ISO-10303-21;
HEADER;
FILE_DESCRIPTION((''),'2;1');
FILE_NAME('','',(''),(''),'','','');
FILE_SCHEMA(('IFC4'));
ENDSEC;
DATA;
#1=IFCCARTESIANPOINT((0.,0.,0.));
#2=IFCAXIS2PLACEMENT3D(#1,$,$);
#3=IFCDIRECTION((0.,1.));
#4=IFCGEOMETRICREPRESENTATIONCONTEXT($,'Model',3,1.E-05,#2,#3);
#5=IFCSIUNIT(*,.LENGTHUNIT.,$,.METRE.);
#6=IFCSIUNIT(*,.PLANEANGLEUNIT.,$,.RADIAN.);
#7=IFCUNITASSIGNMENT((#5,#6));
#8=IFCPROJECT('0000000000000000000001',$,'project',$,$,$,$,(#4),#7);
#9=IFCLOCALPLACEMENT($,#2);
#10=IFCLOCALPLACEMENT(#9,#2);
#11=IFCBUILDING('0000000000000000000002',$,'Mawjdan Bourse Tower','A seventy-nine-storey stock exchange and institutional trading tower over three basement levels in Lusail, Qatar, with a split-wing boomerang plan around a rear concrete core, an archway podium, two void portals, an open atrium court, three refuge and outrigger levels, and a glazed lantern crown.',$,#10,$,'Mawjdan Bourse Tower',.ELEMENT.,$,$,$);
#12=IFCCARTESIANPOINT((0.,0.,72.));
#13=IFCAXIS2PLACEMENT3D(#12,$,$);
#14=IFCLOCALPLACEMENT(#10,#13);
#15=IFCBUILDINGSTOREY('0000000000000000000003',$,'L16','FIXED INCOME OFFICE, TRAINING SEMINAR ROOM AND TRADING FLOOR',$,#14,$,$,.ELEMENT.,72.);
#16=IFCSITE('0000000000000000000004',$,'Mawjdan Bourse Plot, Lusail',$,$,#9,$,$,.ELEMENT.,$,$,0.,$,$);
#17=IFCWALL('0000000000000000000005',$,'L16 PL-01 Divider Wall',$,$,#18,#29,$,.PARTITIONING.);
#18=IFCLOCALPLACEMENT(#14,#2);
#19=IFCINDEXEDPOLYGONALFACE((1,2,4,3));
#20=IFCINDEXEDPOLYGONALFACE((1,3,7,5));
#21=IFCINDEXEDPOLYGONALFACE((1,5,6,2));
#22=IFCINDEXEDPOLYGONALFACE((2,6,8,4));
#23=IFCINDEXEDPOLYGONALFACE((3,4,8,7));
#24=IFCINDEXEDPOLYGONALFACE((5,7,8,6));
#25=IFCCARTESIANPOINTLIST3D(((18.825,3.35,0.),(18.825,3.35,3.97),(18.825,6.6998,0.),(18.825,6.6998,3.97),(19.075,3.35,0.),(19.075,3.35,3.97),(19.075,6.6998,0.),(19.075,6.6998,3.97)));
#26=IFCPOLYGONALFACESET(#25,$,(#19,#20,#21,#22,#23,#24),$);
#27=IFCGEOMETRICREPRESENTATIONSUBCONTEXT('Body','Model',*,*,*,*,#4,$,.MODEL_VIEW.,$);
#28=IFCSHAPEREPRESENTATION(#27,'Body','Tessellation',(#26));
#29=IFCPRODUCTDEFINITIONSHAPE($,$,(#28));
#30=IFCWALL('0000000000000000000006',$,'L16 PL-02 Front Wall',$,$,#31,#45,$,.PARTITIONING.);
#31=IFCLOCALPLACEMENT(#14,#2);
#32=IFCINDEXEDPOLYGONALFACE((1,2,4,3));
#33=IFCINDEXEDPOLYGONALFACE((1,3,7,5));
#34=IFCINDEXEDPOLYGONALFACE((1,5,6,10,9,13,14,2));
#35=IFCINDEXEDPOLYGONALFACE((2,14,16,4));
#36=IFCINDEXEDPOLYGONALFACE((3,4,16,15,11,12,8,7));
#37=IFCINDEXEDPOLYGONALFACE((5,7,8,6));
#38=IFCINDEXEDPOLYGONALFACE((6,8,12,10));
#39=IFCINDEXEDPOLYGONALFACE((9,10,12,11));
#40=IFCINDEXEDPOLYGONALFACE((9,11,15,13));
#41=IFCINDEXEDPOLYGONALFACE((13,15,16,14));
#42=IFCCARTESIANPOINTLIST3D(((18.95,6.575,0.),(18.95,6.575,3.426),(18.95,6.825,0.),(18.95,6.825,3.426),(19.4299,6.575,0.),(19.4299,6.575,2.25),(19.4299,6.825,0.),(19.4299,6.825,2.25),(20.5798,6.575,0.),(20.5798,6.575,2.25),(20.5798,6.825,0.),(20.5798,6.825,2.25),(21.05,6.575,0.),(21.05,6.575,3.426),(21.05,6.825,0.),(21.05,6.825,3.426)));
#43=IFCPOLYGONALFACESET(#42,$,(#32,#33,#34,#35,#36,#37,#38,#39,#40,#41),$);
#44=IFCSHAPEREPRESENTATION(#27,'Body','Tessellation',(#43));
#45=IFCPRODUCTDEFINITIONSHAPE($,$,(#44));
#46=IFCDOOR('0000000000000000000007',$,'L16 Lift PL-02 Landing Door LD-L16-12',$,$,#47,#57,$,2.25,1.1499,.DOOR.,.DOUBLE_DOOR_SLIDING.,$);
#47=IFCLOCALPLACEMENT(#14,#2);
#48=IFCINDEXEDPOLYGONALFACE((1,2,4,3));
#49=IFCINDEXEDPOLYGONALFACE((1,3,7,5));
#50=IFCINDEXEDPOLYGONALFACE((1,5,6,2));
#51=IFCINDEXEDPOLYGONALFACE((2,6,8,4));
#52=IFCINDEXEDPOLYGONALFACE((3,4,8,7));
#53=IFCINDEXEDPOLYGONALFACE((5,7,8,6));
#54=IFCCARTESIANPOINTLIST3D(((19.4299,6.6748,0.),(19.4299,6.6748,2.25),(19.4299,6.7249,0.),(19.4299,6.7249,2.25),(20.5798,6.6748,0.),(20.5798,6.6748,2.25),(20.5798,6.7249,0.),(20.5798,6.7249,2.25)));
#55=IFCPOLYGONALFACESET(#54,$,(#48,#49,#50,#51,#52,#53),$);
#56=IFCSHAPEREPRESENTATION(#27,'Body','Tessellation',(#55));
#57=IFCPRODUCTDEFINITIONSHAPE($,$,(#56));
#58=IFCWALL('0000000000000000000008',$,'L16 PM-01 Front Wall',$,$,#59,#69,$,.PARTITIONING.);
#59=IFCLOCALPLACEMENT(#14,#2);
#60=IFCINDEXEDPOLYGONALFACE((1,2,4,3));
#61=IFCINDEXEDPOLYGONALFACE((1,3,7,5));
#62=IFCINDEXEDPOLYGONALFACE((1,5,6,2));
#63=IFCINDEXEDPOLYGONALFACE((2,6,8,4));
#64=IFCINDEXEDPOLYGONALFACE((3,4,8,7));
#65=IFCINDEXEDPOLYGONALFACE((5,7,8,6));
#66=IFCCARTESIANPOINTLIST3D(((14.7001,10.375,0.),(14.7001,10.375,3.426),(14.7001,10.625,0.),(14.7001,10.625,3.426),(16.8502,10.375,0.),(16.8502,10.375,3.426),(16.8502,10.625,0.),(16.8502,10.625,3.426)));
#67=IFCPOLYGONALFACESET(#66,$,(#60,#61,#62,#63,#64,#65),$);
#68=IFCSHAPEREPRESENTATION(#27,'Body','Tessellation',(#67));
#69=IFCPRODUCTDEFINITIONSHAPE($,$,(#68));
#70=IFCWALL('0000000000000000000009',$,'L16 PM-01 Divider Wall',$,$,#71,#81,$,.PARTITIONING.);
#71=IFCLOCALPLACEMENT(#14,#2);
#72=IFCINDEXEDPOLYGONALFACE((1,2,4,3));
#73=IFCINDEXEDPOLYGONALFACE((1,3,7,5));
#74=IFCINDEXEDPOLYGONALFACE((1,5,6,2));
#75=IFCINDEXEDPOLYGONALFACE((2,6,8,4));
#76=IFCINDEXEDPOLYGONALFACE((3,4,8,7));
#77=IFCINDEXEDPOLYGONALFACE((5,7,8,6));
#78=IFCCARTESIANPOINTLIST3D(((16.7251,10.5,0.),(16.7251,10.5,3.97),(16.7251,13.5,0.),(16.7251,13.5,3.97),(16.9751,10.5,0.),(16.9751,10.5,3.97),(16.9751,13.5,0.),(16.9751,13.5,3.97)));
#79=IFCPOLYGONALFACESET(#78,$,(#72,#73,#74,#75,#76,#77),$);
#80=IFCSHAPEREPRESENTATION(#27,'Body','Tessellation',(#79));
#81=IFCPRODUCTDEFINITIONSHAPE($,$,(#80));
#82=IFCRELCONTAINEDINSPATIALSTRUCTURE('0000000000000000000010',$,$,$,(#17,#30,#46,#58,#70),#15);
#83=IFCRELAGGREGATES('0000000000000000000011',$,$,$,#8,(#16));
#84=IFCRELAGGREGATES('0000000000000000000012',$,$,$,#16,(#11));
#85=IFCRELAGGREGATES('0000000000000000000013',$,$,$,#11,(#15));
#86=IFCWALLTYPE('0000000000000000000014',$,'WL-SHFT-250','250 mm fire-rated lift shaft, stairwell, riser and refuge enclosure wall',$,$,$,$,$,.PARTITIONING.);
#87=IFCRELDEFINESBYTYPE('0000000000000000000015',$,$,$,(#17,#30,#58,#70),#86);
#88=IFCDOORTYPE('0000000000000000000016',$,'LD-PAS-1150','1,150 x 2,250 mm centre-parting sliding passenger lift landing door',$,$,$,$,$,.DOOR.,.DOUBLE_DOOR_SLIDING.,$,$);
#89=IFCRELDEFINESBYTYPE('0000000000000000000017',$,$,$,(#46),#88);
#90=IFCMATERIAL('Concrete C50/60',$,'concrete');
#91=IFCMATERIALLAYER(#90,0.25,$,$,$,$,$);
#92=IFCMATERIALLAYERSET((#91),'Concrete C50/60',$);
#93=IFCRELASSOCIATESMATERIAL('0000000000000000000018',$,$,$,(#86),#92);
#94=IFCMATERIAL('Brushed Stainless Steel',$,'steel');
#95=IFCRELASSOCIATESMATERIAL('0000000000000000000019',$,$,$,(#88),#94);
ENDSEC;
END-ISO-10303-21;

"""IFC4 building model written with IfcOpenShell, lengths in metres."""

from ifc_helpers import new_model, si_unit, direction, frame, frame_2d, origin, place, context, subcontext, project, spatial, rectangle, extrude, material, layer, layer_set, type_object, element, fill, save


model = new_model("IFC4")

# Units and contexts
model_context = context("Model", 3, precision=1e-05, world=origin(), true_north=direction((0.0, 1.0)))
body_context = subcontext(model_context, "Body", "Model", "MODEL_VIEW")
ifc_project = project(units=[si_unit("LENGTHUNIT", "METRE"), si_unit("PLANEANGLEUNIT", "RADIAN")], contexts=[model_context])

# Site, building, storey
site_placement = place(None, origin())
site = spatial("IfcSite", under=ifc_project, at=site_placement, Name="Mawjdan Bourse Plot, Lusail", CompositionType="ELEMENT", RefElevation=0.0)
building_placement = place(site_placement, origin())
building = spatial("IfcBuilding", under=site, at=building_placement, Name="Mawjdan Bourse Tower", Description="A seventy-nine-storey stock exchange and institutional trading tower over three basement levels in Lusail, Qatar, with a split-wing boomerang plan around a rear concrete core, an archway podium, two void portals, an open atrium court, three refuge and outrigger levels, and a glazed lantern crown.", LongName="Mawjdan Bourse Tower", CompositionType="ELEMENT")
storey_placement = place(building_placement, frame((0.0, 0.0, 72.0)))
storey = spatial("IfcBuildingStorey", under=building, at=storey_placement, Name="L16", Description="FIXED INCOME OFFICE, TRAINING SEMINAR ROOM AND TRADING FLOOR", CompositionType="ELEMENT", Elevation=72.0)

# Shared definitions
ifc_material_1 = material(Name="Concrete C50/60", Category="concrete")
ifc_layer = layer(ifc_material_1, 0.25)
ifc_layer_set = layer_set([ifc_layer], Name="Concrete C50/60")
wall_type = type_object("IfcWallType", Name="WL-SHFT-250", Description="250 mm fire-rated lift shaft, stairwell, riser and refuge enclosure wall", PredefinedType="PARTITIONING", material=ifc_layer_set)

# Shared definitions
ifc_material_2 = material(Name="Brushed Stainless Steel", Category="steel")

# Shared definitions
door_type_1 = type_object("IfcDoorType", Name="LD-PAS-1150", Description="1,150 x 2,250 mm centre-parting sliding passenger lift landing door", OperationType="DOUBLE_DOOR_SLIDING", PredefinedType="DOOR", material=ifc_material_2)

# Wall
wall_1_placement = place(storey_placement, frame((18.95, 3.3501, 0.0), z_axis=(0.0, 0.0, 1.0), x_axis=(0.0, 1.0, 0.0)))
element("IfcWall", 1, at=wall_1_placement, inside=storey, type_object=wall_type, Name="L16 PL-01 Divider Wall", PredefinedType="PARTITIONING", context=body_context, shape_type="SweptSolid", body=[
    extrude(rectangle(XDim=3.3499, YDim=0.25, at=frame_2d((1.6748, 0.0))), origin(), (0.0, 0.0, 1.0), 3.97),
])

# Wall, opening, door
wall_2_placement = place(storey_placement, frame((18.95, 6.7, 0.0), z_axis=(0.0, 0.0, 1.0), x_axis=(1.0, 0.0, 0.0)))
wall_2 = element("IfcWall", 2, at=wall_2_placement, inside=storey, type_object=wall_type, Name="L16 PL-02 Front Wall", PredefinedType="PARTITIONING", context=body_context, shape_type="SweptSolid", body=[
    extrude(rectangle(XDim=2.1001, YDim=0.25, at=frame_2d((1.05, 0.0))), origin(), (0.0, 0.0, 1.0), 3.426),
])
opening_1_placement = place(wall_2_placement, frame((0.48, 0.0, 0.0)))
opening_1 = element("IfcOpeningElement", 3, at=opening_1_placement, cuts=wall_2, PredefinedType="OPENING", context=body_context, shape_type="SweptSolid", body=[
    extrude(rectangle(XDim=1.1499, YDim=2.25, at=frame_2d((0.575, 1.125))), frame((0.0, 0.135, 0.0), z_axis=(0.0, -1.0, 0.0), x_axis=(1.0, 0.0, 0.0)), (0.0, 0.0, 1.0), 0.27),
])
door_1_placement = place(opening_1_placement, origin())
door_1 = element("IfcDoor", 4, at=door_1_placement, inside=storey, type_object=door_type_1, Name="L16 Lift PL-02 Landing Door LD-L16-12", OperationType="DOUBLE_DOOR_SLIDING", OverallHeight=2.25, OverallWidth=1.1499, PredefinedType="DOOR", context=body_context, shape_type="SweptSolid", body=[
    extrude(rectangle(XDim=1.1499, YDim=2.25, at=frame_2d((0.575, 1.125))), frame((0.0, 0.0249, 0.0), z_axis=(0.0, -1.0, 0.0), x_axis=(1.0, 0.0, 0.0)), (0.0, 0.0, 1.0), 0.05),
])
fill(opening_1, door_1)

# Walls
wall_3_placement = place(storey_placement, frame((14.7, 10.5, 0.0), z_axis=(0.0, 0.0, 1.0), x_axis=(1.0, 0.0, 0.0)))
element("IfcWall", 5, at=wall_3_placement, inside=storey, type_object=wall_type, Name="L16 PM-01 Front Wall", PredefinedType="PARTITIONING", context=body_context, shape_type="SweptSolid", body=[
    extrude(rectangle(XDim=2.1501, YDim=0.25, at=frame_2d((1.0752, 0.0))), origin(), (0.0, 0.0, 1.0), 3.426),
])
wall_4_placement = place(storey_placement, frame((16.8501, 10.5, 0.0), z_axis=(0.0, 0.0, 1.0), x_axis=(0.0, 1.0, 0.0)))
element("IfcWall", 6, at=wall_4_placement, inside=storey, type_object=wall_type, Name="L16 PM-01 Divider Wall", PredefinedType="PARTITIONING", context=body_context, shape_type="SweptSolid", body=[
    extrude(rectangle(XDim=3.0, YDim=0.25, at=frame_2d((1.5, 0.0))), origin(), (0.0, 0.0, 1.0), 3.97),
])

save(model, "model.ifc")
